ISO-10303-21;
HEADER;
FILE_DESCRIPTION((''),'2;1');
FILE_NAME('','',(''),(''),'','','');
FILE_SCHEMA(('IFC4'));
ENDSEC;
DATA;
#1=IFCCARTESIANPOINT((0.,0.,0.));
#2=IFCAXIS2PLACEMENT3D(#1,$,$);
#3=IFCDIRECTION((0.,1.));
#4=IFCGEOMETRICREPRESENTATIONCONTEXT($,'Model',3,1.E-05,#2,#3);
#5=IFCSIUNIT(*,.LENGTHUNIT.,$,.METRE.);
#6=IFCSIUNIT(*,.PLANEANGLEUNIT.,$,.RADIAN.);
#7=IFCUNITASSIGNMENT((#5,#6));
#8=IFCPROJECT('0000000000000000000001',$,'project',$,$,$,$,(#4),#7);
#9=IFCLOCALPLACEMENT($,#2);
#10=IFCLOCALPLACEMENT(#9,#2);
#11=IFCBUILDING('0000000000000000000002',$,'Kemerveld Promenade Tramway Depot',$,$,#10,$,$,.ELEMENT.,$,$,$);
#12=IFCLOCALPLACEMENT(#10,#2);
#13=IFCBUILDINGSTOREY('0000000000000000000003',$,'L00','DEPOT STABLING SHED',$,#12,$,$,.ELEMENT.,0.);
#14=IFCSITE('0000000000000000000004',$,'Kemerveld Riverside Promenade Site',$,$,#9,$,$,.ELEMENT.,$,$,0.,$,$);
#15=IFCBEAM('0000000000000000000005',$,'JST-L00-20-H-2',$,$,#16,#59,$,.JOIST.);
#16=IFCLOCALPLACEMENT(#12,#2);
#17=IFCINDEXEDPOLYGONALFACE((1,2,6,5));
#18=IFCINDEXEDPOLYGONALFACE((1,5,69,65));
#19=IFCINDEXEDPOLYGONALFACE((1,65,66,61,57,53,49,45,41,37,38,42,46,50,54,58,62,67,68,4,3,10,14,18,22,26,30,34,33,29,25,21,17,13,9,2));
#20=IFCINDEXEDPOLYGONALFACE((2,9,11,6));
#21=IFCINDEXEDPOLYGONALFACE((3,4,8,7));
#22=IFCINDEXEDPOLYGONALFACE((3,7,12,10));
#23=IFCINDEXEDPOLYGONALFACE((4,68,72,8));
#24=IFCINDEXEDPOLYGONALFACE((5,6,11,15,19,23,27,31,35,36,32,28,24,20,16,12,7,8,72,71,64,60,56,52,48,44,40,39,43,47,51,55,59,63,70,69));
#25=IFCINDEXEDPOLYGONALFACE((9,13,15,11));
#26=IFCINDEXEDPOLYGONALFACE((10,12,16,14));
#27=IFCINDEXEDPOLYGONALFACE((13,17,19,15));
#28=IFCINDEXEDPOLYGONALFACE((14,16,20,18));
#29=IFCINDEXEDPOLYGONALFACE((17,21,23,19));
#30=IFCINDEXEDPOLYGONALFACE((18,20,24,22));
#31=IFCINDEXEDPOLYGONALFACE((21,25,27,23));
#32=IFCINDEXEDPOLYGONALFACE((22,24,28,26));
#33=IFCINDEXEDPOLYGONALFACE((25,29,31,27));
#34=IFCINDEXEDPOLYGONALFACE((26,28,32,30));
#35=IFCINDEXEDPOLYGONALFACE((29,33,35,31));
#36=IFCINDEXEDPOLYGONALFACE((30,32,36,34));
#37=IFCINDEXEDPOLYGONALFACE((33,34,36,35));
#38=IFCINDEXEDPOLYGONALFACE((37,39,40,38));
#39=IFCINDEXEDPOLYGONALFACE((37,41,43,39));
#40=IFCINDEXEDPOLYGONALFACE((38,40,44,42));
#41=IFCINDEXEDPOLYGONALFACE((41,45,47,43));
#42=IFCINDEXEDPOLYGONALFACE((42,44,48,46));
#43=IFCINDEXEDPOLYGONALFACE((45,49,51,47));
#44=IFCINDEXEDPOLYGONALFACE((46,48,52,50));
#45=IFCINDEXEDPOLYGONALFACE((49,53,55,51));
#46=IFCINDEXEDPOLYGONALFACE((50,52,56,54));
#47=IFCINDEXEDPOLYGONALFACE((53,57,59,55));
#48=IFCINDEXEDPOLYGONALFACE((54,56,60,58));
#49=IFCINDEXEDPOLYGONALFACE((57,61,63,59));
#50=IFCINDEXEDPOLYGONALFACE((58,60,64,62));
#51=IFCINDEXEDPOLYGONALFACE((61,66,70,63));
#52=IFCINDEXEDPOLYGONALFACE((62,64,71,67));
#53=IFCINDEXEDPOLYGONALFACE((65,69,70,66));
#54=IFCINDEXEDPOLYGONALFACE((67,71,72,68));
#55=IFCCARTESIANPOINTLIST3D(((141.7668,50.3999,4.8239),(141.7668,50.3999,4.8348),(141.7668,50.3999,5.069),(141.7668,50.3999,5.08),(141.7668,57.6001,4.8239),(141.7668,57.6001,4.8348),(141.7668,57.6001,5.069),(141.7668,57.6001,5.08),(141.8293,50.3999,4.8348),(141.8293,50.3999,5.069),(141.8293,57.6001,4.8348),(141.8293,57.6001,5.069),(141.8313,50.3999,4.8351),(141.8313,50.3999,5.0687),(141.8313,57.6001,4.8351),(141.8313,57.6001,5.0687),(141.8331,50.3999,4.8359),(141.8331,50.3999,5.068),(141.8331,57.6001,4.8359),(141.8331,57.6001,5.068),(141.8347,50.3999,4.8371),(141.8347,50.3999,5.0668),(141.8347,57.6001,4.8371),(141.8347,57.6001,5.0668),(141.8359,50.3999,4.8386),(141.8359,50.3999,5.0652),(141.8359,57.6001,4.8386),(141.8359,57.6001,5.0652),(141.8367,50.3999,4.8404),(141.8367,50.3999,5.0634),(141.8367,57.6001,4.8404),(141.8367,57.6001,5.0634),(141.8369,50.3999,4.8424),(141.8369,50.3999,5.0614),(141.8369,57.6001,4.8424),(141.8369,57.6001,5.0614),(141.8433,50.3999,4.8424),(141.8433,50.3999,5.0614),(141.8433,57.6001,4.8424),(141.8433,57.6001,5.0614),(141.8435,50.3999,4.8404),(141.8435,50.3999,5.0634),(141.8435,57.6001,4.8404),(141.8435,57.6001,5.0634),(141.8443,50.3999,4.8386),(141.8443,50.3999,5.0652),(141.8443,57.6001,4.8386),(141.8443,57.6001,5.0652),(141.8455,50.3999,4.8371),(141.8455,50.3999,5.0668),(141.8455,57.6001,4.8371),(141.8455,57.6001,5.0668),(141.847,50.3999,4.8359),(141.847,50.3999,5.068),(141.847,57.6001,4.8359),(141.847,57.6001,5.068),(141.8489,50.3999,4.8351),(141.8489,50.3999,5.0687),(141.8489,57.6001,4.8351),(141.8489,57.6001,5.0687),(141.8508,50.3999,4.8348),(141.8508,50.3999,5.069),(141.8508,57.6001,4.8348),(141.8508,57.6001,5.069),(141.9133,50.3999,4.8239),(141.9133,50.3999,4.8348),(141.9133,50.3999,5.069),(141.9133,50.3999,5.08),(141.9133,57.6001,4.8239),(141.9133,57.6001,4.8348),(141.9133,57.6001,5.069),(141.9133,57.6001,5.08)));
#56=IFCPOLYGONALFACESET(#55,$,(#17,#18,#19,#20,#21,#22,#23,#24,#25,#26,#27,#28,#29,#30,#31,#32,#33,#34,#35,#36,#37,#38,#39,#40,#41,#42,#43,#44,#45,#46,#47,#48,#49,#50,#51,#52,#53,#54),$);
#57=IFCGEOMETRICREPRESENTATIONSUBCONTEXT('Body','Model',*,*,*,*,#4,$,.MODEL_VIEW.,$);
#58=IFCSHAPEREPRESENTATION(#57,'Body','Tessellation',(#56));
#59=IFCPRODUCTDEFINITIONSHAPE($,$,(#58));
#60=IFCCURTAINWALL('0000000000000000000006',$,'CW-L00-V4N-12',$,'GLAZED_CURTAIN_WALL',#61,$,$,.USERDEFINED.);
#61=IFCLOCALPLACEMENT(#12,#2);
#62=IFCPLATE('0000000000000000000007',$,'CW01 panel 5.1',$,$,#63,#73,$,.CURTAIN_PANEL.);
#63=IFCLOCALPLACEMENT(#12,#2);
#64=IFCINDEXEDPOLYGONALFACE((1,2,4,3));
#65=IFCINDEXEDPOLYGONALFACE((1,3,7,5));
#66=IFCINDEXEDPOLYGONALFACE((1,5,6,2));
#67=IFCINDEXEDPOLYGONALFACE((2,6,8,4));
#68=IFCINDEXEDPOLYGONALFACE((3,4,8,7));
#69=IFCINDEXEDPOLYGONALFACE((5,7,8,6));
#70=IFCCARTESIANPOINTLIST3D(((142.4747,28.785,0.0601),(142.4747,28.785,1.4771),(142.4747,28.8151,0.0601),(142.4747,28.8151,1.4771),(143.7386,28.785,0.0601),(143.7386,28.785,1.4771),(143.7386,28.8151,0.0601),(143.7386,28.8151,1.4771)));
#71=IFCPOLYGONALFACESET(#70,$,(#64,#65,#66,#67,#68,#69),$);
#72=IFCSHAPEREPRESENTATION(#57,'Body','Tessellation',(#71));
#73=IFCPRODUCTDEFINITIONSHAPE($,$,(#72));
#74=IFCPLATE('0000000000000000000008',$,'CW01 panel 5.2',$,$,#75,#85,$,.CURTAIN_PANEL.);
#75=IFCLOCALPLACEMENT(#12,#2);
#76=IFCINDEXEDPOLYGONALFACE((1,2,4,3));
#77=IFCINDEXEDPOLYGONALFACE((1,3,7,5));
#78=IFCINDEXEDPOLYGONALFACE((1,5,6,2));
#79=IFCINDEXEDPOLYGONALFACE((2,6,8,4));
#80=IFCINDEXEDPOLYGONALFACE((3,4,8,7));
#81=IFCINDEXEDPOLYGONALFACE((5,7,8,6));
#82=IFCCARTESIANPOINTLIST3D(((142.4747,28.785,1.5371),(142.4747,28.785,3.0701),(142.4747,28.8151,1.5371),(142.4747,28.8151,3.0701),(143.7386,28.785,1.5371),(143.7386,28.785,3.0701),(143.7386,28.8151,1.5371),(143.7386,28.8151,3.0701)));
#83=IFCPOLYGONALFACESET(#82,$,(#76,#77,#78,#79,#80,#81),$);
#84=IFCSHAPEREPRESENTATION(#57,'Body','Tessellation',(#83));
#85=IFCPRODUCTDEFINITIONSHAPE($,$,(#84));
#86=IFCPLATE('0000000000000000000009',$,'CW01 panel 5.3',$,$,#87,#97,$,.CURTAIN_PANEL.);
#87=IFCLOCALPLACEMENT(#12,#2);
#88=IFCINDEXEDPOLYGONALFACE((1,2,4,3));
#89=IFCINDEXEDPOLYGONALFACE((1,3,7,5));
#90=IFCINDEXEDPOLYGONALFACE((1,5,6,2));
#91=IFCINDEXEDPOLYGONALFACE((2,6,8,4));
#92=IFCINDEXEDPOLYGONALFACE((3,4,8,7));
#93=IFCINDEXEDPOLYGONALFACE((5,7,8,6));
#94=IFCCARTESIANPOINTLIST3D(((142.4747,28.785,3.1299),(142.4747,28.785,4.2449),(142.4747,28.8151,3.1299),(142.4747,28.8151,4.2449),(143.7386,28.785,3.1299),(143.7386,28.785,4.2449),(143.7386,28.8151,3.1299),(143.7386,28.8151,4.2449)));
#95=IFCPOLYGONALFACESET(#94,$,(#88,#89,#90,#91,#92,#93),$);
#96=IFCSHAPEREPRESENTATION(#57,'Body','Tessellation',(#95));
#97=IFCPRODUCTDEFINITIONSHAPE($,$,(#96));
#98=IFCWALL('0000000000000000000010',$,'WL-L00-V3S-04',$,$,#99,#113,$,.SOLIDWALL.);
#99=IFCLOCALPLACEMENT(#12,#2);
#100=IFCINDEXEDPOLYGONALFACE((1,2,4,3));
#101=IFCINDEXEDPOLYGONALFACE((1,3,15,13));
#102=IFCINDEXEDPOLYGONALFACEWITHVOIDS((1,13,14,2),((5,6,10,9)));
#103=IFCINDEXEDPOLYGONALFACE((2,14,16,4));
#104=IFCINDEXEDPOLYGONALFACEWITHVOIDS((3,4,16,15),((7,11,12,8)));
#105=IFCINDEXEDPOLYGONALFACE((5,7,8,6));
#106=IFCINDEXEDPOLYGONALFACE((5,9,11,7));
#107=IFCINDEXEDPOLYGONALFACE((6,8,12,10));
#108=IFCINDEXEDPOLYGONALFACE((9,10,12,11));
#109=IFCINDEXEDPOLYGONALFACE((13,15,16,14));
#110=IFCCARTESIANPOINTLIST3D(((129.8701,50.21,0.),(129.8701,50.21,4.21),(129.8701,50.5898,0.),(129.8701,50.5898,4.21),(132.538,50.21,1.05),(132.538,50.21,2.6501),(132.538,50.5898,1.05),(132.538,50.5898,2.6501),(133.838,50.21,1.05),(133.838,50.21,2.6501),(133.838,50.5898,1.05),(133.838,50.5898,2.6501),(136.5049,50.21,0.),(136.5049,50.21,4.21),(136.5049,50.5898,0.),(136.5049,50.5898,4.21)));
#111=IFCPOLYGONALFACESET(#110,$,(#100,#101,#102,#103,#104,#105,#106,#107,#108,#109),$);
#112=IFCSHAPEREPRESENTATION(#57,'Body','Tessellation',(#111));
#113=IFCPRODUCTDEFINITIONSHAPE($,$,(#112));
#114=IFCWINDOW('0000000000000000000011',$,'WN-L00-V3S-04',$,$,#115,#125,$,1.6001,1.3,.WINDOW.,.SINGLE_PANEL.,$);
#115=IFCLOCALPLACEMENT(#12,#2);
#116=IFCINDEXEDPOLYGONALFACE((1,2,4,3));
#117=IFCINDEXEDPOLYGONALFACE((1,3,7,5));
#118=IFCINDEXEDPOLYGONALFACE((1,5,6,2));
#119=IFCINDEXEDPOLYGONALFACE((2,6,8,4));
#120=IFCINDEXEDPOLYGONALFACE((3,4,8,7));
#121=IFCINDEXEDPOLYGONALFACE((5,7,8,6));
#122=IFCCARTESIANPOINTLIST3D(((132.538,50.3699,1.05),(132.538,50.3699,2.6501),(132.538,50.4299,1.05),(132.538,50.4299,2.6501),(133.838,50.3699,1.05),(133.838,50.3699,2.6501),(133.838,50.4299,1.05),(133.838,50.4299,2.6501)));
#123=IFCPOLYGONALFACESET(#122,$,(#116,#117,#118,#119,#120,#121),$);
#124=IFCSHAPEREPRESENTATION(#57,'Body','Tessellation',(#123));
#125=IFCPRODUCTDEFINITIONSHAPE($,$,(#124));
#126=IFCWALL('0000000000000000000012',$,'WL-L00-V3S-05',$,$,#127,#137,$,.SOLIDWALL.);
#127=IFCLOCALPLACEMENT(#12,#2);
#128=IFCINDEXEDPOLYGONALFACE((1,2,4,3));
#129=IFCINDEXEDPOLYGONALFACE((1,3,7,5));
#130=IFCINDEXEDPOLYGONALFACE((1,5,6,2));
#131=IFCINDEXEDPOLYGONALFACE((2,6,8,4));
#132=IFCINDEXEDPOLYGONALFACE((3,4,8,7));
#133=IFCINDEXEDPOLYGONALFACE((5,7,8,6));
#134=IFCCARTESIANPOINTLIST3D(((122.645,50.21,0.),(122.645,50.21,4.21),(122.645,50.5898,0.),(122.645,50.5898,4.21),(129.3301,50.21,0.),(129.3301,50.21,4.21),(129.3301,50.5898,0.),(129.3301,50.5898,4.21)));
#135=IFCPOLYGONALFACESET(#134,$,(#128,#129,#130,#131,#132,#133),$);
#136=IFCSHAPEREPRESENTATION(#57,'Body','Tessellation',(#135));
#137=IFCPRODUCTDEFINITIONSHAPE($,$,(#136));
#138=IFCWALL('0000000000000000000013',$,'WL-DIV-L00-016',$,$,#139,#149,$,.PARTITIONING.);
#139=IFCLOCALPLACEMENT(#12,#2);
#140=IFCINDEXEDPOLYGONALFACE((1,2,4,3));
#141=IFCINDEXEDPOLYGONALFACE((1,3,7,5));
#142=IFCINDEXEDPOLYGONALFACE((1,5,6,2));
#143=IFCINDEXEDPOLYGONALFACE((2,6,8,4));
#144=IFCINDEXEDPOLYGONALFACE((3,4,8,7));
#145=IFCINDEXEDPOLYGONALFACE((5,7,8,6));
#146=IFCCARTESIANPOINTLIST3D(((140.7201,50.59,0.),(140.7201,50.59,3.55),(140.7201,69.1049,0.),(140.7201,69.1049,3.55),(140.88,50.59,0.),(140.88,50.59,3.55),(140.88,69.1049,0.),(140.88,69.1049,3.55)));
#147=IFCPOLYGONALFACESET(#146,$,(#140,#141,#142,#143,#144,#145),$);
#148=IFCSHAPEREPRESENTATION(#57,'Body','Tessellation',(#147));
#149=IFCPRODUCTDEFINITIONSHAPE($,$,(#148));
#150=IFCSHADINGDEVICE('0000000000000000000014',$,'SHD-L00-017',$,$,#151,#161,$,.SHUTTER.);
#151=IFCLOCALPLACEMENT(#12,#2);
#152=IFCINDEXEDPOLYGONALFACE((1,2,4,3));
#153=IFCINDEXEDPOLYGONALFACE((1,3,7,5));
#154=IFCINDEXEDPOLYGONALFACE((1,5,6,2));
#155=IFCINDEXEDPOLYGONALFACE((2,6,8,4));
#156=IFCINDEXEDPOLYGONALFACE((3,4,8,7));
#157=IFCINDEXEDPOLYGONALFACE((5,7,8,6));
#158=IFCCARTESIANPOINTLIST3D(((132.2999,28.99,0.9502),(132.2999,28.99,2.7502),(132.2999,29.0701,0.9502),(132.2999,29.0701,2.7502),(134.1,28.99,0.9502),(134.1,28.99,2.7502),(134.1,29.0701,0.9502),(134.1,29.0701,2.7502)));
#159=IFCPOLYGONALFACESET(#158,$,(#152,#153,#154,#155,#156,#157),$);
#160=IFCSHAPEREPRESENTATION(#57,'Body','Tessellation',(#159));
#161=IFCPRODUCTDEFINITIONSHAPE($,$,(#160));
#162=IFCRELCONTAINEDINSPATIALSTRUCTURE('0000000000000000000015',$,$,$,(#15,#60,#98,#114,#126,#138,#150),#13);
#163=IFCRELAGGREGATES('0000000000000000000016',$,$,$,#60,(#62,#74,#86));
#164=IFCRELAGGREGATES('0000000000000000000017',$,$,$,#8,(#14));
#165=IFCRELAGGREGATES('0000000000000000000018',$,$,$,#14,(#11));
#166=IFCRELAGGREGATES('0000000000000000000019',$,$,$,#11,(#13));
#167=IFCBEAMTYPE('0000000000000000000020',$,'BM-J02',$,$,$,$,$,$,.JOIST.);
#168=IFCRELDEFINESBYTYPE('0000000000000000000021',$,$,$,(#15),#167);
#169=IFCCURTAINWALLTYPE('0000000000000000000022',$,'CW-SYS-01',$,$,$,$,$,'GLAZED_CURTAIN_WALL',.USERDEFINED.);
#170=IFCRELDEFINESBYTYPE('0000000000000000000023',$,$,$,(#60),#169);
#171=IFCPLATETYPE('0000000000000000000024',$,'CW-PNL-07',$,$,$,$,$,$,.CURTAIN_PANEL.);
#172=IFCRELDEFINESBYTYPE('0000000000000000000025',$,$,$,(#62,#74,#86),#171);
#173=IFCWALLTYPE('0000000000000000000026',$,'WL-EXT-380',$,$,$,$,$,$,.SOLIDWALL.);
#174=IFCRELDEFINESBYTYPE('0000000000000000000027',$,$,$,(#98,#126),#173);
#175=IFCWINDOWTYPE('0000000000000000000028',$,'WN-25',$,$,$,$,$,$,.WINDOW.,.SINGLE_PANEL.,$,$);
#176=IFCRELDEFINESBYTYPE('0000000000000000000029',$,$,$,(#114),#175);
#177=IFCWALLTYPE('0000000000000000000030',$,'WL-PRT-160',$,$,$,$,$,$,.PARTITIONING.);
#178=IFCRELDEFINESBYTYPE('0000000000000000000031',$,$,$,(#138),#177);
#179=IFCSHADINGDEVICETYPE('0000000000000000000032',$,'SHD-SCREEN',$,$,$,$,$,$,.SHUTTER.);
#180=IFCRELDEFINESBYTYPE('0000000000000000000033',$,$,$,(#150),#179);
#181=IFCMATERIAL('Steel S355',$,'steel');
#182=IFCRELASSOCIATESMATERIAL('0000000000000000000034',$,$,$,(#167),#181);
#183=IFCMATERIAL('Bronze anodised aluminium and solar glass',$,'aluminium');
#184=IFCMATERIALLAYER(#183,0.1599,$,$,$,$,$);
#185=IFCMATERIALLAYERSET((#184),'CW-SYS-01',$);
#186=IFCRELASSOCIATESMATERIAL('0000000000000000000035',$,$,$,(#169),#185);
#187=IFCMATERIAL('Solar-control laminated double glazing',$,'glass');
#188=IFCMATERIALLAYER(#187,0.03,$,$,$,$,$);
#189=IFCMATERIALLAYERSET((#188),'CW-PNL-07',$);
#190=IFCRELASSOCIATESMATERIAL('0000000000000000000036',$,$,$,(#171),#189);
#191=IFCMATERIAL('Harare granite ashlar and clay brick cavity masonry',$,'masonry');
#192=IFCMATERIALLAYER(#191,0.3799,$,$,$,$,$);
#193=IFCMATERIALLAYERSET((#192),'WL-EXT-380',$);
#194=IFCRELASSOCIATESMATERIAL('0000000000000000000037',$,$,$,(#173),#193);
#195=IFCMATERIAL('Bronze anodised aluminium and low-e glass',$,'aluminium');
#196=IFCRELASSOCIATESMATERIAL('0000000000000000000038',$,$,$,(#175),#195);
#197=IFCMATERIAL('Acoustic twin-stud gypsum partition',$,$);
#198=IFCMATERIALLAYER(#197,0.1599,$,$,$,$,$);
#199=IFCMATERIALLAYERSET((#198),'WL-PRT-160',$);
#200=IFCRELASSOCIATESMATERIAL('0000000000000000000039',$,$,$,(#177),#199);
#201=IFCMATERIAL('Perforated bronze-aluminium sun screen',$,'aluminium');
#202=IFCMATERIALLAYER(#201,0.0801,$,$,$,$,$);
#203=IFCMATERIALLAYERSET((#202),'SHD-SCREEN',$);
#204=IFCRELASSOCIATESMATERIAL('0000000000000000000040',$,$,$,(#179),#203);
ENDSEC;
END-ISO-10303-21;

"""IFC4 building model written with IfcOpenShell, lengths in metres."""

from ifc_helpers import new_model, si_unit, direction, frame, frame_2d, origin, origin_2d, place, context, subcontext, project, spatial, rectangle, i_section, extrude, material, layer, layer_set, material_profile, profile_set, type_object, element, fill, aggregate, save


model = new_model("IFC4")

# Units and contexts
model_context = context("Model", 3, precision=1e-05, world=origin(), true_north=direction((0.0, 1.0)))
body_context = subcontext(model_context, "Body", "Model", "MODEL_VIEW")
ifc_project = project(units=[si_unit("LENGTHUNIT", "METRE"), si_unit("PLANEANGLEUNIT", "RADIAN")], contexts=[model_context])

# Site, building, storey
site_placement = place(None, origin())
site = spatial("IfcSite", under=ifc_project, at=site_placement, Name="Kemerveld Riverside Promenade Site", CompositionType="ELEMENT", RefElevation=0.0)
building_placement = place(site_placement, origin())
building = spatial("IfcBuilding", under=site, at=building_placement, Name="Kemerveld Promenade Tramway Depot", CompositionType="ELEMENT")
storey_placement = place(building_placement, origin())
storey = spatial("IfcBuildingStorey", under=building, at=storey_placement, Name="L00", Description="DEPOT STABLING SHED", CompositionType="ELEMENT", Elevation=0.0)

# Beam
ifc_material_1 = material(Name="Steel S355", Category="steel")
ifc_material_profile_1 = material_profile(ifc_material_1, i_section(OverallWidth=0.1465, OverallDepth=0.2561, WebThickness=0.0063, FlangeThickness=0.011, FilletRadius=0.0076, at=origin_2d()), Name="254x146x37 UB")
ifc_profile_set_1 = profile_set([ifc_material_profile_1], Name="Steel S355")
beam_type_1 = type_object("IfcBeamType", Name="BM-J02", PredefinedType="JOIST", material=ifc_profile_set_1)
for number, where, z_axis, x_axis, name in (
    (1, (141.8401, 50.3999, 4.9519), (0.0, 1.0, 0.0), (-1.0, 0.0, 0.0), "JST-L00-20-H-2"),
):
    element("IfcBeam", number, at=place(storey_placement, frame(where, z_axis=z_axis, x_axis=x_axis)), inside=storey, type_object=beam_type_1, Name=name, PredefinedType="JOIST", context=body_context, shape_type="SweptSolid", body=[
        extrude(i_section(OverallWidth=0.1465, OverallDepth=0.2561, WebThickness=0.0063, FlangeThickness=0.011, FilletRadius=0.0076, at=origin_2d()), origin(), (0.0, 0.0, 1.0), 7.2002),
    ])

# Curtain wall, plates
ifc_material_2 = material(Name="Bronze anodised aluminium and solar glass", Category="aluminium")
ifc_layer_1 = layer(ifc_material_2, 0.1599)
ifc_layer_set_1 = layer_set([ifc_layer_1], Name="CW-SYS-01")
curtain_wall_type = type_object("IfcCurtainWallType", Name="CW-SYS-01", ElementType="GLAZED_CURTAIN_WALL", PredefinedType="USERDEFINED", material=ifc_layer_set_1)
curtain_wall_placement = place(storey_placement, origin())
curtain_wall = element("IfcCurtainWall", 2, at=curtain_wall_placement, inside=storey, type_object=curtain_wall_type, Name="CW-L00-V4N-12", ObjectType="GLAZED_CURTAIN_WALL", PredefinedType="USERDEFINED")
ifc_material_3 = material(Name="Solar-control laminated double glazing", Category="glass")
ifc_layer_2 = layer(ifc_material_3, 0.03)
ifc_layer_set_2 = layer_set([ifc_layer_2], Name="CW-PNL-07")
plate_type = type_object("IfcPlateType", Name="CW-PNL-07", PredefinedType="CURTAIN_PANEL", material=ifc_layer_set_2)
plate_1_placement = place(storey_placement, frame((143.1067, 28.8, 0.0601), z_axis=(0.0, 0.0, 1.0), x_axis=(1.0, 0.0, 0.0)))
plate_1 = element("IfcPlate", 3, at=plate_1_placement, type_object=plate_type, Name="CW01 panel 5.1", PredefinedType="CURTAIN_PANEL", context=body_context, shape_type="SweptSolid", body=[
    extrude(rectangle(XDim=1.2639, YDim=0.03, at=origin_2d()), origin(), (0.0, 0.0, 1.0), 1.417),
])
plate_2_placement = place(storey_placement, frame((143.1067, 28.8, 1.5371), z_axis=(0.0, 0.0, 1.0), x_axis=(1.0, 0.0, 0.0)))
plate_2 = element("IfcPlate", 4, at=plate_2_placement, type_object=plate_type, Name="CW01 panel 5.2", PredefinedType="CURTAIN_PANEL", context=body_context, shape_type="SweptSolid", body=[
    extrude(rectangle(XDim=1.2639, YDim=0.03, at=origin_2d()), origin(), (0.0, 0.0, 1.0), 1.533),
])
plate_3_placement = place(storey_placement, frame((143.1067, 28.8, 3.1299), z_axis=(0.0, 0.0, 1.0), x_axis=(1.0, 0.0, 0.0)))
plate_3 = element("IfcPlate", 5, at=plate_3_placement, type_object=plate_type, Name="CW01 panel 5.3", PredefinedType="CURTAIN_PANEL", context=body_context, shape_type="SweptSolid", body=[
    extrude(rectangle(XDim=1.2639, YDim=0.03, at=origin_2d()), origin(), (0.0, 0.0, 1.0), 1.115),
])
aggregate(curtain_wall, [plate_1, plate_2, plate_3])

# Wall, opening, window
ifc_material_4 = material(Name="Harare granite ashlar and clay brick cavity masonry", Category="masonry")
ifc_layer_3 = layer(ifc_material_4, 0.3799)
ifc_layer_set_3 = layer_set([ifc_layer_3], Name="WL-EXT-380")
wall_type_1 = type_object("IfcWallType", Name="WL-EXT-380", PredefinedType="SOLIDWALL", material=ifc_layer_set_3)
wall_1_placement = place(storey_placement, frame((136.5049, 50.3999, 0.0), z_axis=(0.0, 0.0, 1.0), x_axis=(-1.0, 0.0, 0.0)))
wall_1 = element("IfcWall", 6, at=wall_1_placement, inside=storey, type_object=wall_type_1, Name="WL-L00-V3S-04", PredefinedType="SOLIDWALL", context=body_context, shape_type="SweptSolid", body=[
    extrude(rectangle(XDim=6.6348, YDim=0.3799, at=frame_2d((3.3174, 0.0))), origin(), (0.0, 0.0, 1.0), 4.21),
])
opening_placement = place(wall_1_placement, frame((2.667, 0.0, 1.05)))
opening = element("IfcOpeningElement", 7, at=opening_placement, cuts=wall_1, PredefinedType="OPENING", context=body_context, shape_type="SweptSolid", body=[
    extrude(rectangle(XDim=1.3, YDim=1.6001, at=frame_2d((0.6499, 0.8))), frame((0.0, 0.2, 0.0), z_axis=(0.0, -1.0, 0.0), x_axis=(1.0, 0.0, 0.0)), (0.0, 0.0, 1.0), 0.3999),
])
ifc_material_5 = material(Name="Bronze anodised aluminium and low-e glass", Category="aluminium")
window_type = type_object("IfcWindowType", Name="WN-25", PartitioningType="SINGLE_PANEL", PredefinedType="WINDOW", material=ifc_material_5)
window_placement = place(opening_placement, origin())
window = element("IfcWindow", 8, at=window_placement, inside=storey, type_object=window_type, Name="WN-L00-V3S-04", OverallHeight=1.6001, OverallWidth=1.3, PartitioningType="SINGLE_PANEL", PredefinedType="WINDOW", context=body_context, shape_type="SweptSolid", body=[
    extrude(rectangle(XDim=1.3, YDim=1.6001, at=frame_2d((0.6499, 0.8))), frame((0.0, 0.03, 0.0), z_axis=(0.0, -1.0, 0.0), x_axis=(1.0, 0.0, 0.0)), (0.0, 0.0, 1.0), 0.0601),
])
fill(opening, window)

# Walls
wall_2_placement = place(storey_placement, frame((129.3301, 50.3999, 0.0), z_axis=(0.0, 0.0, 1.0), x_axis=(-1.0, 0.0, 0.0)))
element("IfcWall", 9, at=wall_2_placement, inside=storey, type_object=wall_type_1, Name="WL-L00-V3S-05", PredefinedType="SOLIDWALL", context=body_context, shape_type="SweptSolid", body=[
    extrude(rectangle(XDim=6.6851, YDim=0.3799, at=frame_2d((3.3425, 0.0))), origin(), (0.0, 0.0, 1.0), 4.21),
])
ifc_material_6 = material(Name="Acoustic twin-stud gypsum partition")
ifc_layer_4 = layer(ifc_material_6, 0.1599)
ifc_layer_set_4 = layer_set([ifc_layer_4], Name="WL-PRT-160")
wall_type_2 = type_object("IfcWallType", Name="WL-PRT-160", PredefinedType="PARTITIONING", material=ifc_layer_set_4)
wall_3_placement = place(storey_placement, frame((140.8, 50.5901, 0.0), z_axis=(0.0, 0.0, 1.0), x_axis=(0.0, 1.0, 0.0)))
element("IfcWall", 10, at=wall_3_placement, inside=storey, type_object=wall_type_2, Name="WL-DIV-L00-016", PredefinedType="PARTITIONING", context=body_context, shape_type="SweptSolid", body=[
    extrude(rectangle(XDim=18.5149, YDim=0.1599, at=frame_2d((9.2573, 0.0))), origin(), (0.0, 0.0, 1.0), 3.55),
])

# Shading device
ifc_material_7 = material(Name="Perforated bronze-aluminium sun screen", Category="aluminium")
ifc_layer_5 = layer(ifc_material_7, 0.0801)
ifc_layer_set_5 = layer_set([ifc_layer_5], Name="SHD-SCREEN")
shading_device_type = type_object("IfcShadingDeviceType", Name="SHD-SCREEN", PredefinedType="SHUTTER", material=ifc_layer_set_5)
shading_device_placement = place(storey_placement, frame((133.2, 29.03, 0.9502), z_axis=(0.0, 0.0, 1.0), x_axis=(1.0, 0.0, 0.0)))
element("IfcShadingDevice", 11, at=shading_device_placement, inside=storey, type_object=shading_device_type, Name="SHD-L00-017", PredefinedType="SHUTTER", context=body_context, shape_type="SweptSolid", body=[
    extrude(rectangle(XDim=1.8, YDim=0.0801, at=origin_2d()), origin(), (0.0, 0.0, 1.0), 1.8),
])

save(model, "model.ifc")
